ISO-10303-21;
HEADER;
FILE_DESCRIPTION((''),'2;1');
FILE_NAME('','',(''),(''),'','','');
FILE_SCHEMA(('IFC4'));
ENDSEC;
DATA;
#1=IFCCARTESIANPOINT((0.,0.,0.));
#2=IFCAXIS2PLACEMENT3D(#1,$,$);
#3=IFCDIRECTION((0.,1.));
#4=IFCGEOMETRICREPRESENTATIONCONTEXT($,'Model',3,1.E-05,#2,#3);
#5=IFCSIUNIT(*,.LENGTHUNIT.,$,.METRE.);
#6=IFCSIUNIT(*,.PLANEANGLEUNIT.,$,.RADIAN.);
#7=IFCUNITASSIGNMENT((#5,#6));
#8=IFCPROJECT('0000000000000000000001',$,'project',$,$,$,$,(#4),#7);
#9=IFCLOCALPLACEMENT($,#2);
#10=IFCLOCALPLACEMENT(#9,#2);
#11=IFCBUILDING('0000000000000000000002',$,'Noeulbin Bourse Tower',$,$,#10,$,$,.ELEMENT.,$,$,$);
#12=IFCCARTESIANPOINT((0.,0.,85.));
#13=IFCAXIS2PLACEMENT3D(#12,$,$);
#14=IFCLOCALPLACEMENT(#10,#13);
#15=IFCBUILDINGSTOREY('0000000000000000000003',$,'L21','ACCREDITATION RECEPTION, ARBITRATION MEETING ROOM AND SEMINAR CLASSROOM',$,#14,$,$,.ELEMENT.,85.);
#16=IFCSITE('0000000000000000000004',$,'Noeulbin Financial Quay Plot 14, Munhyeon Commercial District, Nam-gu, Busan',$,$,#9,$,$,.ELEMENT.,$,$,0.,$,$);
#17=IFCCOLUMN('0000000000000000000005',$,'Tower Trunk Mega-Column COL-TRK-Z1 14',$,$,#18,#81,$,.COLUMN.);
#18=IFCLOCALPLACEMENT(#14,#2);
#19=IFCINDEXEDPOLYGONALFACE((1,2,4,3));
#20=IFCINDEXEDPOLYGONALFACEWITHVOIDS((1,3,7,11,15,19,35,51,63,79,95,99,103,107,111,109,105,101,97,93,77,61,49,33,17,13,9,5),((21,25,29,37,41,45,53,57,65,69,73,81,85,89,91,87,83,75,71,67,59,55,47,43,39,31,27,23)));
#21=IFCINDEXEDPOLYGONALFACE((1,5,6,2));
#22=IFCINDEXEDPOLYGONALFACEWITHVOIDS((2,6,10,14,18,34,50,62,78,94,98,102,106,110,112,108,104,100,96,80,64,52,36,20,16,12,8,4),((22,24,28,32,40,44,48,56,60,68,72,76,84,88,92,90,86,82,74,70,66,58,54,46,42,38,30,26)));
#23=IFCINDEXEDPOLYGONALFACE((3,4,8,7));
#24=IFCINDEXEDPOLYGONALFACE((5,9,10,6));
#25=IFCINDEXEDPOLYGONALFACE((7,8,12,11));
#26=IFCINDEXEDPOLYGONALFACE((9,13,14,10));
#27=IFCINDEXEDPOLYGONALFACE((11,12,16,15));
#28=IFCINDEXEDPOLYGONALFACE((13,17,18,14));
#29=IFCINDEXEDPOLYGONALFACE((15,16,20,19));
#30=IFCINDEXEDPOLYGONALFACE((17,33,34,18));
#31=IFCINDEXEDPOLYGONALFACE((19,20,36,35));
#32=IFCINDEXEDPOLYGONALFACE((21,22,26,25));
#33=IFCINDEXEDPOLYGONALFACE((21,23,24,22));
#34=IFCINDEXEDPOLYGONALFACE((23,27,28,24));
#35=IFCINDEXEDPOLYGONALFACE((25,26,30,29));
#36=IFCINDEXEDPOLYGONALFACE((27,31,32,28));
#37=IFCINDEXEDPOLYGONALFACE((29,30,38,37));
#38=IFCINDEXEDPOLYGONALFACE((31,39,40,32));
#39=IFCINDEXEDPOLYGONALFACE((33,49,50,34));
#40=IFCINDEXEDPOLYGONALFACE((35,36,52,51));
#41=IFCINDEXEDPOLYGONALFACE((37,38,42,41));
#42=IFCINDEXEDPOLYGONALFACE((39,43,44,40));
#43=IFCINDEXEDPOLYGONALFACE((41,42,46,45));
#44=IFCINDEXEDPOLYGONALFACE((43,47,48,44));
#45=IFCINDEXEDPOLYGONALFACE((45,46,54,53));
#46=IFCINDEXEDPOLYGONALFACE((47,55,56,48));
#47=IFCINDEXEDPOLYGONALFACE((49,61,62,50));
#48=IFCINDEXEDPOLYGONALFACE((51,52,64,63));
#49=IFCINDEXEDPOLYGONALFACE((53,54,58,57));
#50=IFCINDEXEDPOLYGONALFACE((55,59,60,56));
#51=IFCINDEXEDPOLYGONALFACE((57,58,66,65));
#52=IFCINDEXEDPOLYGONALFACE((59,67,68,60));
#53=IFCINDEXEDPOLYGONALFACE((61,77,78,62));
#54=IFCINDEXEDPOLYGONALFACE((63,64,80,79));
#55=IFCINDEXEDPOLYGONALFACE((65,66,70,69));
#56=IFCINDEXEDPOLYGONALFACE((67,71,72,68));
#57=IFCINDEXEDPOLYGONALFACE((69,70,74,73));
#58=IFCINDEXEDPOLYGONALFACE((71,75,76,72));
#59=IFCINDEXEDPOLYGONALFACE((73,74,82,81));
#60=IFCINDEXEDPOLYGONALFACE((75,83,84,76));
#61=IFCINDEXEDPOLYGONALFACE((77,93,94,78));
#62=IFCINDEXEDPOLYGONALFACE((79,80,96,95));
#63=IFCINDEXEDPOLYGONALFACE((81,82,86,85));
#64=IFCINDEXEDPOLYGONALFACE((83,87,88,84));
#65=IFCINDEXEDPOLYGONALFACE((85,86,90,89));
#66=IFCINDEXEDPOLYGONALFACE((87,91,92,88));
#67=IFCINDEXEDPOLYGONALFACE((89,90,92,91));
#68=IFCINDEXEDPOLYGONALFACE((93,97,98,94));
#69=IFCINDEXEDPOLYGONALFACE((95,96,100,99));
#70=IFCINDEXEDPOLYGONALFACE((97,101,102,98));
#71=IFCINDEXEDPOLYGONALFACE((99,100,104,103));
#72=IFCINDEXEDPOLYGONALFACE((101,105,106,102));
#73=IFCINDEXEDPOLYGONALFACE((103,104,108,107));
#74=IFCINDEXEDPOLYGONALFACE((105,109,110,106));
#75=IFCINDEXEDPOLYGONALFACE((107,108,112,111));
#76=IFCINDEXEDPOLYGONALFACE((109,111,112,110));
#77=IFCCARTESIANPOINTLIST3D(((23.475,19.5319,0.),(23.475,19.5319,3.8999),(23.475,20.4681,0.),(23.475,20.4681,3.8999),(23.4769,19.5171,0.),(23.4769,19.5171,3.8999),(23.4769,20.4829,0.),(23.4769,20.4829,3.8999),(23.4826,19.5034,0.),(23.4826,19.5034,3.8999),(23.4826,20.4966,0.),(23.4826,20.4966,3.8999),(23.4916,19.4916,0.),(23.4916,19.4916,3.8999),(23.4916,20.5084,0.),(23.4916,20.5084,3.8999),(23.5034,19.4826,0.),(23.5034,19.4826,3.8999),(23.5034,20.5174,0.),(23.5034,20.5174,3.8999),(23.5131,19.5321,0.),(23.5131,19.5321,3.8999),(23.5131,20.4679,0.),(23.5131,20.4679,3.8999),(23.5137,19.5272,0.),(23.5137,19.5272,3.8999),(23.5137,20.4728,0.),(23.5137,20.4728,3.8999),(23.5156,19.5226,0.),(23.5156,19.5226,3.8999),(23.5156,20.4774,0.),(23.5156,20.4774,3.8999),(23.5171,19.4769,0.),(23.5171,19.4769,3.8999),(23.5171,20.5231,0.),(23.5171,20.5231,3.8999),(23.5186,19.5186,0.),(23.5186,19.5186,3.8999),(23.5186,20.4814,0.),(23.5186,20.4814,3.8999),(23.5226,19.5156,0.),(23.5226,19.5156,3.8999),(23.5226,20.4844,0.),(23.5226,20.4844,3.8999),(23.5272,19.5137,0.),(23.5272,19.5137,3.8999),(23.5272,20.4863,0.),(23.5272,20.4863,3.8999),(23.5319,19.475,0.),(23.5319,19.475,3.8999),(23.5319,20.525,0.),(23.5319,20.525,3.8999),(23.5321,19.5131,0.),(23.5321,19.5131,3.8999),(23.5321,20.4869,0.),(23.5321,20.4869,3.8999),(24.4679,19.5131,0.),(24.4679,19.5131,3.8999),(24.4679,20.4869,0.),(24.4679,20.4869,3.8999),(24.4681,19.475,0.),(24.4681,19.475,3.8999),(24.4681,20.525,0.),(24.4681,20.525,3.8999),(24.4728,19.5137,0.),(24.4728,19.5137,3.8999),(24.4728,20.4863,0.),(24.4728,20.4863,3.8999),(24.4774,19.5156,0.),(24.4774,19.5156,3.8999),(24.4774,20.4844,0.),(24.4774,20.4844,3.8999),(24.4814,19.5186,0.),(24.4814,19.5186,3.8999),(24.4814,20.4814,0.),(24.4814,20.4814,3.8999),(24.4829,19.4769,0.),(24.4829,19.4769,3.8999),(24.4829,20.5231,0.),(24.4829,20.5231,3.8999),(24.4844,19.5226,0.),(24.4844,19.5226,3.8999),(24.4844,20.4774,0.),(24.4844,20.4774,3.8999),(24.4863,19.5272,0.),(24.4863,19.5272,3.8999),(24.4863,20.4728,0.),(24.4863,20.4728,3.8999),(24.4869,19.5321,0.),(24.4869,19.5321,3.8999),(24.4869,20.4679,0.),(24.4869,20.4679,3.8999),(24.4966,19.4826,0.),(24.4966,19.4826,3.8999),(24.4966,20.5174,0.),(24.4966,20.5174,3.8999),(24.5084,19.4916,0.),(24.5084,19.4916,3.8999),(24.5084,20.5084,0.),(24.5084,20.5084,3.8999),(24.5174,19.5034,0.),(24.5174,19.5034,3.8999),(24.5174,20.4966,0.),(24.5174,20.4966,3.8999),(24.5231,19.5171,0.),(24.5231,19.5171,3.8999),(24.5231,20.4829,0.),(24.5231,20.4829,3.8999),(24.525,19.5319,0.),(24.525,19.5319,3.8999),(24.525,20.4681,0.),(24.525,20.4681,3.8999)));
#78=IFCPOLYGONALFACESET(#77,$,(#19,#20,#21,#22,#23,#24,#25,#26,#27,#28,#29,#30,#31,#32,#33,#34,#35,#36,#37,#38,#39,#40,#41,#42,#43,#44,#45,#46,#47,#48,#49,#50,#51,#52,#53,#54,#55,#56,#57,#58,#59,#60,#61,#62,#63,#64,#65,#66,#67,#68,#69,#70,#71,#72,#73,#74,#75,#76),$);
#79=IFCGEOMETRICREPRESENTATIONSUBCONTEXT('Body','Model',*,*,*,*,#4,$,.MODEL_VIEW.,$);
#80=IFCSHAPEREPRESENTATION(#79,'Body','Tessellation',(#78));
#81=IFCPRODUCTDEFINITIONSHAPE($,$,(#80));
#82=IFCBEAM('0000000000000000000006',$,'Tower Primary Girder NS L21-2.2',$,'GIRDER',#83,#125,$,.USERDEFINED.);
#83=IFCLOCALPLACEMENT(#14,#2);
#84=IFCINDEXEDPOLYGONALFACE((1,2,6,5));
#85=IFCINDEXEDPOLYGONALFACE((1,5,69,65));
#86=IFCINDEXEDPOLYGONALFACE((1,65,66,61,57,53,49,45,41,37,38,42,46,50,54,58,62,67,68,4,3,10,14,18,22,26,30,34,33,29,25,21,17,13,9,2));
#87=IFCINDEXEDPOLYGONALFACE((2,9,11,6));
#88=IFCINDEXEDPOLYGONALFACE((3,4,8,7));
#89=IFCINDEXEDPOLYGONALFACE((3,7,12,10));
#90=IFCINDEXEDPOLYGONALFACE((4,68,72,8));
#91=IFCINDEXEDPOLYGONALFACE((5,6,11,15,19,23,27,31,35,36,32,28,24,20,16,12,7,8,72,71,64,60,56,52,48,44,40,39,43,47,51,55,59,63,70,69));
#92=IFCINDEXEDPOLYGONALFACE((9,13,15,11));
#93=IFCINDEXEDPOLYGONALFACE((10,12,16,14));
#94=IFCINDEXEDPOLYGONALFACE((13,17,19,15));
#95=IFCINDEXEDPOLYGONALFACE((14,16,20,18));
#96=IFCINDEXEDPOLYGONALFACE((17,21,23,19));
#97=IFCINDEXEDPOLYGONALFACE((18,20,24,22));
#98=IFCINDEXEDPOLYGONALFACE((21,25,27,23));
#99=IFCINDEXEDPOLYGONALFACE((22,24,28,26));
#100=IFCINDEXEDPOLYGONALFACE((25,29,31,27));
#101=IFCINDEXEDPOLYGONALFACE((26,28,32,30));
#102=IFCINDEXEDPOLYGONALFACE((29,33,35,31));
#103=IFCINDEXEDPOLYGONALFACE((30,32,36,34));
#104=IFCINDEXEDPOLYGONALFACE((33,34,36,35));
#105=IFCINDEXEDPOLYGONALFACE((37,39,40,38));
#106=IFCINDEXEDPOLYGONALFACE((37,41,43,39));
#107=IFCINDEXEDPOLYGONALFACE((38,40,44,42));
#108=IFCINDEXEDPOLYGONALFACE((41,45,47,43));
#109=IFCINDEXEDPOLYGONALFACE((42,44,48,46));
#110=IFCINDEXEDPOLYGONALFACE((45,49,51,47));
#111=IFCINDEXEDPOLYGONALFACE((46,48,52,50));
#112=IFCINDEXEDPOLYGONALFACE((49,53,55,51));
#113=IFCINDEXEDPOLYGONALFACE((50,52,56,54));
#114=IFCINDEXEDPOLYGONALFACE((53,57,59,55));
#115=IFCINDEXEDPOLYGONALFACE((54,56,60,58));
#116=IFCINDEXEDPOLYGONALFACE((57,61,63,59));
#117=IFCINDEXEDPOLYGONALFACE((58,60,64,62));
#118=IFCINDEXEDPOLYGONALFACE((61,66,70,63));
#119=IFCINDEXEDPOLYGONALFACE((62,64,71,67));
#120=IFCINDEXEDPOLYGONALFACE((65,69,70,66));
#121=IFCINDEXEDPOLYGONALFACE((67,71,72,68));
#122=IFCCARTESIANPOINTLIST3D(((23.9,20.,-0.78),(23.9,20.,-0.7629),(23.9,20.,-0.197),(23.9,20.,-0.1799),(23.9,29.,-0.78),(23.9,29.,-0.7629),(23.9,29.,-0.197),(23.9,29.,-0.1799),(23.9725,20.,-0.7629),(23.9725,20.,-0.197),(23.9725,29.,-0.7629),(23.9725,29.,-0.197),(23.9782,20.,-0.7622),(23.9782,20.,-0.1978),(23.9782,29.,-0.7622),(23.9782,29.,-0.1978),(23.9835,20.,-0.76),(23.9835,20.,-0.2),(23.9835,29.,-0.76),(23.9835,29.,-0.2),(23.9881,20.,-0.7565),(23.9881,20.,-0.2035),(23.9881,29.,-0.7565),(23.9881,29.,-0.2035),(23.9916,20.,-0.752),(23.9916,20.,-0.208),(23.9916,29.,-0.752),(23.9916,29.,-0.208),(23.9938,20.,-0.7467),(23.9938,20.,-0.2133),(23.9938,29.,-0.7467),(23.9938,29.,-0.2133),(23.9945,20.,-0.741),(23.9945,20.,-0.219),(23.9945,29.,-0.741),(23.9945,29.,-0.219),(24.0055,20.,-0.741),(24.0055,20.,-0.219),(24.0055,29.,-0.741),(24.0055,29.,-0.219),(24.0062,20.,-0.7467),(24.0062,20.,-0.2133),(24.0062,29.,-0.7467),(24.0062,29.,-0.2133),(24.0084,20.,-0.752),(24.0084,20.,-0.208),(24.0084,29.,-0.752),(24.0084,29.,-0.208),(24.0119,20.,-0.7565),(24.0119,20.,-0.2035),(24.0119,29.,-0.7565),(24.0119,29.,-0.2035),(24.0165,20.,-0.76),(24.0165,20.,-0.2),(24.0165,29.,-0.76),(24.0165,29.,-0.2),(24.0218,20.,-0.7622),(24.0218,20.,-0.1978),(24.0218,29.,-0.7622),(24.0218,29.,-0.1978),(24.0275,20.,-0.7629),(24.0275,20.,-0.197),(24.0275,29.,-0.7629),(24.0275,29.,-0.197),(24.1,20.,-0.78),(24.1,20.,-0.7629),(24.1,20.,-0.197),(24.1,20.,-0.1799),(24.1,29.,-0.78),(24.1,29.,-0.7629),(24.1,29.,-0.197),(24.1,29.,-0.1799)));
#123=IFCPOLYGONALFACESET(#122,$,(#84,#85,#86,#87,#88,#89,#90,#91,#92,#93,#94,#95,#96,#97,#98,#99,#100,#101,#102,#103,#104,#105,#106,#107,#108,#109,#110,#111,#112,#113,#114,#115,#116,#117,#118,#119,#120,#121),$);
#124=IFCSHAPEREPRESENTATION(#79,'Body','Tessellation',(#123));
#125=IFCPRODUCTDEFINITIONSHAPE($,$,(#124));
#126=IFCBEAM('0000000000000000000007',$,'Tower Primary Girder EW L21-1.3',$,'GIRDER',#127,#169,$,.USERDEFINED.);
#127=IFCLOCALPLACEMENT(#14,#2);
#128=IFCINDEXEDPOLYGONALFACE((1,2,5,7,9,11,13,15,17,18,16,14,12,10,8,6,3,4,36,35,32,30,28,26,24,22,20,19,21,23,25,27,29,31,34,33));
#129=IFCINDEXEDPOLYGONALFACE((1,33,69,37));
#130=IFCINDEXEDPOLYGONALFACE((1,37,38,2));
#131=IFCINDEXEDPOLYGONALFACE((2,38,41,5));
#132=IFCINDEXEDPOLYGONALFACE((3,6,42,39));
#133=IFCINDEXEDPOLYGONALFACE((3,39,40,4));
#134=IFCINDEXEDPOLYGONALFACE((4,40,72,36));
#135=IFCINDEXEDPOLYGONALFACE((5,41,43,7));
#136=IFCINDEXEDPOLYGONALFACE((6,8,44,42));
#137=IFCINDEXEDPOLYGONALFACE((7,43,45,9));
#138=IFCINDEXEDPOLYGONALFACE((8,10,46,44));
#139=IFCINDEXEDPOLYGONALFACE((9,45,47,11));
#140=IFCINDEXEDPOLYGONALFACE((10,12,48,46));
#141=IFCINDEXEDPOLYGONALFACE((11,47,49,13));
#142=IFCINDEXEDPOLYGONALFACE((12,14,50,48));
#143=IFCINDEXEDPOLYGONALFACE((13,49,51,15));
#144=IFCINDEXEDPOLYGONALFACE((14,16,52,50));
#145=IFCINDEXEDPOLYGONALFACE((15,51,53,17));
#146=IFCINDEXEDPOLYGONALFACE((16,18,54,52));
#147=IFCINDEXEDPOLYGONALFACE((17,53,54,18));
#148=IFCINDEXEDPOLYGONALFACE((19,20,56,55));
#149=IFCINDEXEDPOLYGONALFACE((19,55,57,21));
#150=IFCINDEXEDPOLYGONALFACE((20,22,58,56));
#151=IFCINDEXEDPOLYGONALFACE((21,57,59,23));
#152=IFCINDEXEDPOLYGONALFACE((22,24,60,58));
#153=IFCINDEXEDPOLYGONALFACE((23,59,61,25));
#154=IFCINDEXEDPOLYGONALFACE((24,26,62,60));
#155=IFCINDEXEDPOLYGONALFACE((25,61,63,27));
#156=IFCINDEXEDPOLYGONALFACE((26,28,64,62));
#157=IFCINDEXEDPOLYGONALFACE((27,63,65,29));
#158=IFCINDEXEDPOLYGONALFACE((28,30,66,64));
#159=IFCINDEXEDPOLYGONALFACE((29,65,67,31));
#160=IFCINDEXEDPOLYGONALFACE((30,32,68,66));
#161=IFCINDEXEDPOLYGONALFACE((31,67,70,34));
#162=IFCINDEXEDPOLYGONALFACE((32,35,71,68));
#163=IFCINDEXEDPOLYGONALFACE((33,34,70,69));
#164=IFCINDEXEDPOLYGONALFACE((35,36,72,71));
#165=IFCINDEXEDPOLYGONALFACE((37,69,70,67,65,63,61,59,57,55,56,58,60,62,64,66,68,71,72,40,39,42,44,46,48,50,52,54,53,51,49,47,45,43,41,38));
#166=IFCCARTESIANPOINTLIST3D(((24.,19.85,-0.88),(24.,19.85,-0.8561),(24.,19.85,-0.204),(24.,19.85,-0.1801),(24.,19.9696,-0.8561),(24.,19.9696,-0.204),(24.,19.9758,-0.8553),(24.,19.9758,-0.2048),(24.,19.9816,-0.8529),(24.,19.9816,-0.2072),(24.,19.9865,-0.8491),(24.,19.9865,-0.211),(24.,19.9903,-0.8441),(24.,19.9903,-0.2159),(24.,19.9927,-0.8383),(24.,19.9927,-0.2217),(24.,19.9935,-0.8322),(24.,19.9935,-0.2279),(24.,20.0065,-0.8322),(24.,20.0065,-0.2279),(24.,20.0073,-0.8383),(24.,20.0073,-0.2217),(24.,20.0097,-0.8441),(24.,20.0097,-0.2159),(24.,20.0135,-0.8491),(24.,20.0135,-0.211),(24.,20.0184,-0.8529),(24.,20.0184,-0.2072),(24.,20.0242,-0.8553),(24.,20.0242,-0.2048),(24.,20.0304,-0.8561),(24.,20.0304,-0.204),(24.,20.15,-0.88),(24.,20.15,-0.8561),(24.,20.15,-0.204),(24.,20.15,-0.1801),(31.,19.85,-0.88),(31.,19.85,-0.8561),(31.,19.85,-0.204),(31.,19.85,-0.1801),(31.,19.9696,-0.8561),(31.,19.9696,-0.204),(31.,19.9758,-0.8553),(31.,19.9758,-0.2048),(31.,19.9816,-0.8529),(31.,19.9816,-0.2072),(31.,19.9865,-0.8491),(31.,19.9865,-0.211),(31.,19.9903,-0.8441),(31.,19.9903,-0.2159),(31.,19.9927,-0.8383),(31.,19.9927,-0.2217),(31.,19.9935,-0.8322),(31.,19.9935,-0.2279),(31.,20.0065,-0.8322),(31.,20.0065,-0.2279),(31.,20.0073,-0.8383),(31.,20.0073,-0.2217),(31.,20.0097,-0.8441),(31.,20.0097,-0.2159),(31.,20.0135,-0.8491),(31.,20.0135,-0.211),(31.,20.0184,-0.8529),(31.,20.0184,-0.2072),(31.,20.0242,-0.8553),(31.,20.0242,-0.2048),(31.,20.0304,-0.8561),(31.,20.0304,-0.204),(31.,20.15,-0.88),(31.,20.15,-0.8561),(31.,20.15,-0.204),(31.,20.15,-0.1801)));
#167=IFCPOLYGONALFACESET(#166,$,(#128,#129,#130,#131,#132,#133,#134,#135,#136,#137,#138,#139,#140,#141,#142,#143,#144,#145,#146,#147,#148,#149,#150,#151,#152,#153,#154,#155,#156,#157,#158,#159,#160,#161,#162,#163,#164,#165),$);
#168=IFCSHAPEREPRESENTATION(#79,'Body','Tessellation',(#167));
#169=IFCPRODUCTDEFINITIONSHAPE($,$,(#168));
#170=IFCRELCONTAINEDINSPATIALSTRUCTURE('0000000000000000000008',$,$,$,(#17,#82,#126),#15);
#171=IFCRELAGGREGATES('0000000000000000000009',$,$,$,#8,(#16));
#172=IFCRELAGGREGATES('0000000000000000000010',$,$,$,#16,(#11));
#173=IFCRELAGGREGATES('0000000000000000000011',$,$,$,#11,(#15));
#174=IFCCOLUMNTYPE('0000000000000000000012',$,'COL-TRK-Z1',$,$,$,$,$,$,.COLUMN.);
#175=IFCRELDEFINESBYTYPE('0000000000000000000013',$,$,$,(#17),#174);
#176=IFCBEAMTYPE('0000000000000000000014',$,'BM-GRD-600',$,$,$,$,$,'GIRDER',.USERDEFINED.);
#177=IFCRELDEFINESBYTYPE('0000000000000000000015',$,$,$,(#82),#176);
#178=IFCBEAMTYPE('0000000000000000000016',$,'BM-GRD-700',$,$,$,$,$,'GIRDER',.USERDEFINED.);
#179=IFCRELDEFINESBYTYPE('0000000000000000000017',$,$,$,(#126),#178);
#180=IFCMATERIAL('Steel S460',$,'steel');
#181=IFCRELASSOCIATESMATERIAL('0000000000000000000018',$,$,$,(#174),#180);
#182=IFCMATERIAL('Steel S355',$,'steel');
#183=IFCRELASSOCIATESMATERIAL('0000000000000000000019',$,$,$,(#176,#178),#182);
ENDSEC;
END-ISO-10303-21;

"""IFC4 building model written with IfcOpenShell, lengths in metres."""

from ifc_helpers import new_model, si_unit, direction, frame, origin, origin_2d, place, context, subcontext, project, spatial, hollow_rectangle, i_section, extrude, material, material_profile, profile_set, type_object, element, save


model = new_model("IFC4")

# Units and contexts
model_context = context("Model", 3, precision=1e-05, world=origin(), true_north=direction((0.0, 1.0)))
body_context = subcontext(model_context, "Body", "Model", "MODEL_VIEW")
ifc_project = project(units=[si_unit("LENGTHUNIT", "METRE"), si_unit("PLANEANGLEUNIT", "RADIAN")], contexts=[model_context])

# Site, building, storey
site_placement = place(None, origin())
site = spatial("IfcSite", under=ifc_project, at=site_placement, Name="Noeulbin Financial Quay Plot 14, Munhyeon Commercial District, Nam-gu, Busan", CompositionType="ELEMENT", RefElevation=0.0)
building_placement = place(site_placement, origin())
building = spatial("IfcBuilding", under=site, at=building_placement, Name="Noeulbin Bourse Tower", CompositionType="ELEMENT")
storey_placement = place(building_placement, frame((0.0, 0.0, 85.0)))
storey = spatial("IfcBuildingStorey", under=building, at=storey_placement, Name="L21", Description="ACCREDITATION RECEPTION, ARBITRATION MEETING ROOM AND SEMINAR CLASSROOM", CompositionType="ELEMENT", Elevation=85.0)

# Column
ifc_material_1 = material(Name="Steel S460", Category="steel")
ifc_material_profile_1 = material_profile(ifc_material_1, hollow_rectangle(XDim=1.05, YDim=1.05, WallThickness=0.0381, InnerFilletRadius=0.019, OuterFilletRadius=0.0569, at=origin_2d()), Name="BOX-1050x1050x38", Category="LoadBearing")
ifc_profile_set_1 = profile_set([ifc_material_profile_1], Name="Steel S460")
column_type = type_object("IfcColumnType", Name="COL-TRK-Z1", PredefinedType="COLUMN", material=ifc_profile_set_1)
column_placement = place(storey_placement, frame((24.0, 20.0, 0.0), z_axis=(0.0, 0.0, 1.0), x_axis=(1.0, 0.0, 0.0)))
element("IfcColumn", 1, at=column_placement, inside=storey, type_object=column_type, Name="Tower Trunk Mega-Column COL-TRK-Z1 14", PredefinedType="COLUMN", context=body_context, shape_type="SweptSolid", body=[
    extrude(hollow_rectangle(XDim=1.05, YDim=1.05, WallThickness=0.0381, InnerFilletRadius=0.019, OuterFilletRadius=0.0569, at=origin_2d()), origin(), (0.0, 0.0, 1.0), 3.8999),
])

# Beams
ifc_material_2 = material(Name="Steel S355", Category="steel")
ifc_material_profile_2 = material_profile(ifc_material_2, i_section(OverallWidth=0.2, OverallDepth=0.6001, WebThickness=0.011, FlangeThickness=0.0171, FilletRadius=0.022, at=origin_2d()), Name="H-600x200x11x17", Category="LoadBearing")
ifc_profile_set_2 = profile_set([ifc_material_profile_2], Name="Steel S355")
beam_type_1 = type_object("IfcBeamType", Name="BM-GRD-600", ElementType="GIRDER", PredefinedType="USERDEFINED", material=ifc_profile_set_2)
beam_1_placement = place(storey_placement, frame((24.0, 20.0, -0.48), z_axis=(0.0, 1.0, 0.0), x_axis=(-1.0, 0.0, 0.0)))
element("IfcBeam", 2, at=beam_1_placement, inside=storey, type_object=beam_type_1, Name="Tower Primary Girder NS L21-2.2", ObjectType="GIRDER", PredefinedType="USERDEFINED", context=body_context, shape_type="SweptSolid", body=[
    extrude(i_section(OverallWidth=0.2, OverallDepth=0.6001, WebThickness=0.011, FlangeThickness=0.0171, FilletRadius=0.022, at=origin_2d()), origin(), (0.0, 0.0, 1.0), 9.0),
])
ifc_material_profile_3 = material_profile(ifc_material_2, i_section(OverallWidth=0.3, OverallDepth=0.7, WebThickness=0.0129, FlangeThickness=0.0239, FilletRadius=0.0239, at=origin_2d()), Name="H-700x300x13x24", Category="LoadBearing")
ifc_profile_set_3 = profile_set([ifc_material_profile_3], Name="Steel S355")
beam_type_2 = type_object("IfcBeamType", Name="BM-GRD-700", ElementType="GIRDER", PredefinedType="USERDEFINED", material=ifc_profile_set_3)
beam_2_placement = place(storey_placement, frame((24.0, 20.0, -0.53), z_axis=(1.0, 0.0, 0.0), x_axis=(0.0, 1.0, 0.0)))
element("IfcBeam", 3, at=beam_2_placement, inside=storey, type_object=beam_type_2, Name="Tower Primary Girder EW L21-1.3", ObjectType="GIRDER", PredefinedType="USERDEFINED", context=body_context, shape_type="SweptSolid", body=[
    extrude(i_section(OverallWidth=0.3, OverallDepth=0.7, WebThickness=0.0129, FlangeThickness=0.0239, FilletRadius=0.0239, at=origin_2d()), origin(), (0.0, 0.0, 1.0), 7.0),
])

save(model, "model.ifc")
